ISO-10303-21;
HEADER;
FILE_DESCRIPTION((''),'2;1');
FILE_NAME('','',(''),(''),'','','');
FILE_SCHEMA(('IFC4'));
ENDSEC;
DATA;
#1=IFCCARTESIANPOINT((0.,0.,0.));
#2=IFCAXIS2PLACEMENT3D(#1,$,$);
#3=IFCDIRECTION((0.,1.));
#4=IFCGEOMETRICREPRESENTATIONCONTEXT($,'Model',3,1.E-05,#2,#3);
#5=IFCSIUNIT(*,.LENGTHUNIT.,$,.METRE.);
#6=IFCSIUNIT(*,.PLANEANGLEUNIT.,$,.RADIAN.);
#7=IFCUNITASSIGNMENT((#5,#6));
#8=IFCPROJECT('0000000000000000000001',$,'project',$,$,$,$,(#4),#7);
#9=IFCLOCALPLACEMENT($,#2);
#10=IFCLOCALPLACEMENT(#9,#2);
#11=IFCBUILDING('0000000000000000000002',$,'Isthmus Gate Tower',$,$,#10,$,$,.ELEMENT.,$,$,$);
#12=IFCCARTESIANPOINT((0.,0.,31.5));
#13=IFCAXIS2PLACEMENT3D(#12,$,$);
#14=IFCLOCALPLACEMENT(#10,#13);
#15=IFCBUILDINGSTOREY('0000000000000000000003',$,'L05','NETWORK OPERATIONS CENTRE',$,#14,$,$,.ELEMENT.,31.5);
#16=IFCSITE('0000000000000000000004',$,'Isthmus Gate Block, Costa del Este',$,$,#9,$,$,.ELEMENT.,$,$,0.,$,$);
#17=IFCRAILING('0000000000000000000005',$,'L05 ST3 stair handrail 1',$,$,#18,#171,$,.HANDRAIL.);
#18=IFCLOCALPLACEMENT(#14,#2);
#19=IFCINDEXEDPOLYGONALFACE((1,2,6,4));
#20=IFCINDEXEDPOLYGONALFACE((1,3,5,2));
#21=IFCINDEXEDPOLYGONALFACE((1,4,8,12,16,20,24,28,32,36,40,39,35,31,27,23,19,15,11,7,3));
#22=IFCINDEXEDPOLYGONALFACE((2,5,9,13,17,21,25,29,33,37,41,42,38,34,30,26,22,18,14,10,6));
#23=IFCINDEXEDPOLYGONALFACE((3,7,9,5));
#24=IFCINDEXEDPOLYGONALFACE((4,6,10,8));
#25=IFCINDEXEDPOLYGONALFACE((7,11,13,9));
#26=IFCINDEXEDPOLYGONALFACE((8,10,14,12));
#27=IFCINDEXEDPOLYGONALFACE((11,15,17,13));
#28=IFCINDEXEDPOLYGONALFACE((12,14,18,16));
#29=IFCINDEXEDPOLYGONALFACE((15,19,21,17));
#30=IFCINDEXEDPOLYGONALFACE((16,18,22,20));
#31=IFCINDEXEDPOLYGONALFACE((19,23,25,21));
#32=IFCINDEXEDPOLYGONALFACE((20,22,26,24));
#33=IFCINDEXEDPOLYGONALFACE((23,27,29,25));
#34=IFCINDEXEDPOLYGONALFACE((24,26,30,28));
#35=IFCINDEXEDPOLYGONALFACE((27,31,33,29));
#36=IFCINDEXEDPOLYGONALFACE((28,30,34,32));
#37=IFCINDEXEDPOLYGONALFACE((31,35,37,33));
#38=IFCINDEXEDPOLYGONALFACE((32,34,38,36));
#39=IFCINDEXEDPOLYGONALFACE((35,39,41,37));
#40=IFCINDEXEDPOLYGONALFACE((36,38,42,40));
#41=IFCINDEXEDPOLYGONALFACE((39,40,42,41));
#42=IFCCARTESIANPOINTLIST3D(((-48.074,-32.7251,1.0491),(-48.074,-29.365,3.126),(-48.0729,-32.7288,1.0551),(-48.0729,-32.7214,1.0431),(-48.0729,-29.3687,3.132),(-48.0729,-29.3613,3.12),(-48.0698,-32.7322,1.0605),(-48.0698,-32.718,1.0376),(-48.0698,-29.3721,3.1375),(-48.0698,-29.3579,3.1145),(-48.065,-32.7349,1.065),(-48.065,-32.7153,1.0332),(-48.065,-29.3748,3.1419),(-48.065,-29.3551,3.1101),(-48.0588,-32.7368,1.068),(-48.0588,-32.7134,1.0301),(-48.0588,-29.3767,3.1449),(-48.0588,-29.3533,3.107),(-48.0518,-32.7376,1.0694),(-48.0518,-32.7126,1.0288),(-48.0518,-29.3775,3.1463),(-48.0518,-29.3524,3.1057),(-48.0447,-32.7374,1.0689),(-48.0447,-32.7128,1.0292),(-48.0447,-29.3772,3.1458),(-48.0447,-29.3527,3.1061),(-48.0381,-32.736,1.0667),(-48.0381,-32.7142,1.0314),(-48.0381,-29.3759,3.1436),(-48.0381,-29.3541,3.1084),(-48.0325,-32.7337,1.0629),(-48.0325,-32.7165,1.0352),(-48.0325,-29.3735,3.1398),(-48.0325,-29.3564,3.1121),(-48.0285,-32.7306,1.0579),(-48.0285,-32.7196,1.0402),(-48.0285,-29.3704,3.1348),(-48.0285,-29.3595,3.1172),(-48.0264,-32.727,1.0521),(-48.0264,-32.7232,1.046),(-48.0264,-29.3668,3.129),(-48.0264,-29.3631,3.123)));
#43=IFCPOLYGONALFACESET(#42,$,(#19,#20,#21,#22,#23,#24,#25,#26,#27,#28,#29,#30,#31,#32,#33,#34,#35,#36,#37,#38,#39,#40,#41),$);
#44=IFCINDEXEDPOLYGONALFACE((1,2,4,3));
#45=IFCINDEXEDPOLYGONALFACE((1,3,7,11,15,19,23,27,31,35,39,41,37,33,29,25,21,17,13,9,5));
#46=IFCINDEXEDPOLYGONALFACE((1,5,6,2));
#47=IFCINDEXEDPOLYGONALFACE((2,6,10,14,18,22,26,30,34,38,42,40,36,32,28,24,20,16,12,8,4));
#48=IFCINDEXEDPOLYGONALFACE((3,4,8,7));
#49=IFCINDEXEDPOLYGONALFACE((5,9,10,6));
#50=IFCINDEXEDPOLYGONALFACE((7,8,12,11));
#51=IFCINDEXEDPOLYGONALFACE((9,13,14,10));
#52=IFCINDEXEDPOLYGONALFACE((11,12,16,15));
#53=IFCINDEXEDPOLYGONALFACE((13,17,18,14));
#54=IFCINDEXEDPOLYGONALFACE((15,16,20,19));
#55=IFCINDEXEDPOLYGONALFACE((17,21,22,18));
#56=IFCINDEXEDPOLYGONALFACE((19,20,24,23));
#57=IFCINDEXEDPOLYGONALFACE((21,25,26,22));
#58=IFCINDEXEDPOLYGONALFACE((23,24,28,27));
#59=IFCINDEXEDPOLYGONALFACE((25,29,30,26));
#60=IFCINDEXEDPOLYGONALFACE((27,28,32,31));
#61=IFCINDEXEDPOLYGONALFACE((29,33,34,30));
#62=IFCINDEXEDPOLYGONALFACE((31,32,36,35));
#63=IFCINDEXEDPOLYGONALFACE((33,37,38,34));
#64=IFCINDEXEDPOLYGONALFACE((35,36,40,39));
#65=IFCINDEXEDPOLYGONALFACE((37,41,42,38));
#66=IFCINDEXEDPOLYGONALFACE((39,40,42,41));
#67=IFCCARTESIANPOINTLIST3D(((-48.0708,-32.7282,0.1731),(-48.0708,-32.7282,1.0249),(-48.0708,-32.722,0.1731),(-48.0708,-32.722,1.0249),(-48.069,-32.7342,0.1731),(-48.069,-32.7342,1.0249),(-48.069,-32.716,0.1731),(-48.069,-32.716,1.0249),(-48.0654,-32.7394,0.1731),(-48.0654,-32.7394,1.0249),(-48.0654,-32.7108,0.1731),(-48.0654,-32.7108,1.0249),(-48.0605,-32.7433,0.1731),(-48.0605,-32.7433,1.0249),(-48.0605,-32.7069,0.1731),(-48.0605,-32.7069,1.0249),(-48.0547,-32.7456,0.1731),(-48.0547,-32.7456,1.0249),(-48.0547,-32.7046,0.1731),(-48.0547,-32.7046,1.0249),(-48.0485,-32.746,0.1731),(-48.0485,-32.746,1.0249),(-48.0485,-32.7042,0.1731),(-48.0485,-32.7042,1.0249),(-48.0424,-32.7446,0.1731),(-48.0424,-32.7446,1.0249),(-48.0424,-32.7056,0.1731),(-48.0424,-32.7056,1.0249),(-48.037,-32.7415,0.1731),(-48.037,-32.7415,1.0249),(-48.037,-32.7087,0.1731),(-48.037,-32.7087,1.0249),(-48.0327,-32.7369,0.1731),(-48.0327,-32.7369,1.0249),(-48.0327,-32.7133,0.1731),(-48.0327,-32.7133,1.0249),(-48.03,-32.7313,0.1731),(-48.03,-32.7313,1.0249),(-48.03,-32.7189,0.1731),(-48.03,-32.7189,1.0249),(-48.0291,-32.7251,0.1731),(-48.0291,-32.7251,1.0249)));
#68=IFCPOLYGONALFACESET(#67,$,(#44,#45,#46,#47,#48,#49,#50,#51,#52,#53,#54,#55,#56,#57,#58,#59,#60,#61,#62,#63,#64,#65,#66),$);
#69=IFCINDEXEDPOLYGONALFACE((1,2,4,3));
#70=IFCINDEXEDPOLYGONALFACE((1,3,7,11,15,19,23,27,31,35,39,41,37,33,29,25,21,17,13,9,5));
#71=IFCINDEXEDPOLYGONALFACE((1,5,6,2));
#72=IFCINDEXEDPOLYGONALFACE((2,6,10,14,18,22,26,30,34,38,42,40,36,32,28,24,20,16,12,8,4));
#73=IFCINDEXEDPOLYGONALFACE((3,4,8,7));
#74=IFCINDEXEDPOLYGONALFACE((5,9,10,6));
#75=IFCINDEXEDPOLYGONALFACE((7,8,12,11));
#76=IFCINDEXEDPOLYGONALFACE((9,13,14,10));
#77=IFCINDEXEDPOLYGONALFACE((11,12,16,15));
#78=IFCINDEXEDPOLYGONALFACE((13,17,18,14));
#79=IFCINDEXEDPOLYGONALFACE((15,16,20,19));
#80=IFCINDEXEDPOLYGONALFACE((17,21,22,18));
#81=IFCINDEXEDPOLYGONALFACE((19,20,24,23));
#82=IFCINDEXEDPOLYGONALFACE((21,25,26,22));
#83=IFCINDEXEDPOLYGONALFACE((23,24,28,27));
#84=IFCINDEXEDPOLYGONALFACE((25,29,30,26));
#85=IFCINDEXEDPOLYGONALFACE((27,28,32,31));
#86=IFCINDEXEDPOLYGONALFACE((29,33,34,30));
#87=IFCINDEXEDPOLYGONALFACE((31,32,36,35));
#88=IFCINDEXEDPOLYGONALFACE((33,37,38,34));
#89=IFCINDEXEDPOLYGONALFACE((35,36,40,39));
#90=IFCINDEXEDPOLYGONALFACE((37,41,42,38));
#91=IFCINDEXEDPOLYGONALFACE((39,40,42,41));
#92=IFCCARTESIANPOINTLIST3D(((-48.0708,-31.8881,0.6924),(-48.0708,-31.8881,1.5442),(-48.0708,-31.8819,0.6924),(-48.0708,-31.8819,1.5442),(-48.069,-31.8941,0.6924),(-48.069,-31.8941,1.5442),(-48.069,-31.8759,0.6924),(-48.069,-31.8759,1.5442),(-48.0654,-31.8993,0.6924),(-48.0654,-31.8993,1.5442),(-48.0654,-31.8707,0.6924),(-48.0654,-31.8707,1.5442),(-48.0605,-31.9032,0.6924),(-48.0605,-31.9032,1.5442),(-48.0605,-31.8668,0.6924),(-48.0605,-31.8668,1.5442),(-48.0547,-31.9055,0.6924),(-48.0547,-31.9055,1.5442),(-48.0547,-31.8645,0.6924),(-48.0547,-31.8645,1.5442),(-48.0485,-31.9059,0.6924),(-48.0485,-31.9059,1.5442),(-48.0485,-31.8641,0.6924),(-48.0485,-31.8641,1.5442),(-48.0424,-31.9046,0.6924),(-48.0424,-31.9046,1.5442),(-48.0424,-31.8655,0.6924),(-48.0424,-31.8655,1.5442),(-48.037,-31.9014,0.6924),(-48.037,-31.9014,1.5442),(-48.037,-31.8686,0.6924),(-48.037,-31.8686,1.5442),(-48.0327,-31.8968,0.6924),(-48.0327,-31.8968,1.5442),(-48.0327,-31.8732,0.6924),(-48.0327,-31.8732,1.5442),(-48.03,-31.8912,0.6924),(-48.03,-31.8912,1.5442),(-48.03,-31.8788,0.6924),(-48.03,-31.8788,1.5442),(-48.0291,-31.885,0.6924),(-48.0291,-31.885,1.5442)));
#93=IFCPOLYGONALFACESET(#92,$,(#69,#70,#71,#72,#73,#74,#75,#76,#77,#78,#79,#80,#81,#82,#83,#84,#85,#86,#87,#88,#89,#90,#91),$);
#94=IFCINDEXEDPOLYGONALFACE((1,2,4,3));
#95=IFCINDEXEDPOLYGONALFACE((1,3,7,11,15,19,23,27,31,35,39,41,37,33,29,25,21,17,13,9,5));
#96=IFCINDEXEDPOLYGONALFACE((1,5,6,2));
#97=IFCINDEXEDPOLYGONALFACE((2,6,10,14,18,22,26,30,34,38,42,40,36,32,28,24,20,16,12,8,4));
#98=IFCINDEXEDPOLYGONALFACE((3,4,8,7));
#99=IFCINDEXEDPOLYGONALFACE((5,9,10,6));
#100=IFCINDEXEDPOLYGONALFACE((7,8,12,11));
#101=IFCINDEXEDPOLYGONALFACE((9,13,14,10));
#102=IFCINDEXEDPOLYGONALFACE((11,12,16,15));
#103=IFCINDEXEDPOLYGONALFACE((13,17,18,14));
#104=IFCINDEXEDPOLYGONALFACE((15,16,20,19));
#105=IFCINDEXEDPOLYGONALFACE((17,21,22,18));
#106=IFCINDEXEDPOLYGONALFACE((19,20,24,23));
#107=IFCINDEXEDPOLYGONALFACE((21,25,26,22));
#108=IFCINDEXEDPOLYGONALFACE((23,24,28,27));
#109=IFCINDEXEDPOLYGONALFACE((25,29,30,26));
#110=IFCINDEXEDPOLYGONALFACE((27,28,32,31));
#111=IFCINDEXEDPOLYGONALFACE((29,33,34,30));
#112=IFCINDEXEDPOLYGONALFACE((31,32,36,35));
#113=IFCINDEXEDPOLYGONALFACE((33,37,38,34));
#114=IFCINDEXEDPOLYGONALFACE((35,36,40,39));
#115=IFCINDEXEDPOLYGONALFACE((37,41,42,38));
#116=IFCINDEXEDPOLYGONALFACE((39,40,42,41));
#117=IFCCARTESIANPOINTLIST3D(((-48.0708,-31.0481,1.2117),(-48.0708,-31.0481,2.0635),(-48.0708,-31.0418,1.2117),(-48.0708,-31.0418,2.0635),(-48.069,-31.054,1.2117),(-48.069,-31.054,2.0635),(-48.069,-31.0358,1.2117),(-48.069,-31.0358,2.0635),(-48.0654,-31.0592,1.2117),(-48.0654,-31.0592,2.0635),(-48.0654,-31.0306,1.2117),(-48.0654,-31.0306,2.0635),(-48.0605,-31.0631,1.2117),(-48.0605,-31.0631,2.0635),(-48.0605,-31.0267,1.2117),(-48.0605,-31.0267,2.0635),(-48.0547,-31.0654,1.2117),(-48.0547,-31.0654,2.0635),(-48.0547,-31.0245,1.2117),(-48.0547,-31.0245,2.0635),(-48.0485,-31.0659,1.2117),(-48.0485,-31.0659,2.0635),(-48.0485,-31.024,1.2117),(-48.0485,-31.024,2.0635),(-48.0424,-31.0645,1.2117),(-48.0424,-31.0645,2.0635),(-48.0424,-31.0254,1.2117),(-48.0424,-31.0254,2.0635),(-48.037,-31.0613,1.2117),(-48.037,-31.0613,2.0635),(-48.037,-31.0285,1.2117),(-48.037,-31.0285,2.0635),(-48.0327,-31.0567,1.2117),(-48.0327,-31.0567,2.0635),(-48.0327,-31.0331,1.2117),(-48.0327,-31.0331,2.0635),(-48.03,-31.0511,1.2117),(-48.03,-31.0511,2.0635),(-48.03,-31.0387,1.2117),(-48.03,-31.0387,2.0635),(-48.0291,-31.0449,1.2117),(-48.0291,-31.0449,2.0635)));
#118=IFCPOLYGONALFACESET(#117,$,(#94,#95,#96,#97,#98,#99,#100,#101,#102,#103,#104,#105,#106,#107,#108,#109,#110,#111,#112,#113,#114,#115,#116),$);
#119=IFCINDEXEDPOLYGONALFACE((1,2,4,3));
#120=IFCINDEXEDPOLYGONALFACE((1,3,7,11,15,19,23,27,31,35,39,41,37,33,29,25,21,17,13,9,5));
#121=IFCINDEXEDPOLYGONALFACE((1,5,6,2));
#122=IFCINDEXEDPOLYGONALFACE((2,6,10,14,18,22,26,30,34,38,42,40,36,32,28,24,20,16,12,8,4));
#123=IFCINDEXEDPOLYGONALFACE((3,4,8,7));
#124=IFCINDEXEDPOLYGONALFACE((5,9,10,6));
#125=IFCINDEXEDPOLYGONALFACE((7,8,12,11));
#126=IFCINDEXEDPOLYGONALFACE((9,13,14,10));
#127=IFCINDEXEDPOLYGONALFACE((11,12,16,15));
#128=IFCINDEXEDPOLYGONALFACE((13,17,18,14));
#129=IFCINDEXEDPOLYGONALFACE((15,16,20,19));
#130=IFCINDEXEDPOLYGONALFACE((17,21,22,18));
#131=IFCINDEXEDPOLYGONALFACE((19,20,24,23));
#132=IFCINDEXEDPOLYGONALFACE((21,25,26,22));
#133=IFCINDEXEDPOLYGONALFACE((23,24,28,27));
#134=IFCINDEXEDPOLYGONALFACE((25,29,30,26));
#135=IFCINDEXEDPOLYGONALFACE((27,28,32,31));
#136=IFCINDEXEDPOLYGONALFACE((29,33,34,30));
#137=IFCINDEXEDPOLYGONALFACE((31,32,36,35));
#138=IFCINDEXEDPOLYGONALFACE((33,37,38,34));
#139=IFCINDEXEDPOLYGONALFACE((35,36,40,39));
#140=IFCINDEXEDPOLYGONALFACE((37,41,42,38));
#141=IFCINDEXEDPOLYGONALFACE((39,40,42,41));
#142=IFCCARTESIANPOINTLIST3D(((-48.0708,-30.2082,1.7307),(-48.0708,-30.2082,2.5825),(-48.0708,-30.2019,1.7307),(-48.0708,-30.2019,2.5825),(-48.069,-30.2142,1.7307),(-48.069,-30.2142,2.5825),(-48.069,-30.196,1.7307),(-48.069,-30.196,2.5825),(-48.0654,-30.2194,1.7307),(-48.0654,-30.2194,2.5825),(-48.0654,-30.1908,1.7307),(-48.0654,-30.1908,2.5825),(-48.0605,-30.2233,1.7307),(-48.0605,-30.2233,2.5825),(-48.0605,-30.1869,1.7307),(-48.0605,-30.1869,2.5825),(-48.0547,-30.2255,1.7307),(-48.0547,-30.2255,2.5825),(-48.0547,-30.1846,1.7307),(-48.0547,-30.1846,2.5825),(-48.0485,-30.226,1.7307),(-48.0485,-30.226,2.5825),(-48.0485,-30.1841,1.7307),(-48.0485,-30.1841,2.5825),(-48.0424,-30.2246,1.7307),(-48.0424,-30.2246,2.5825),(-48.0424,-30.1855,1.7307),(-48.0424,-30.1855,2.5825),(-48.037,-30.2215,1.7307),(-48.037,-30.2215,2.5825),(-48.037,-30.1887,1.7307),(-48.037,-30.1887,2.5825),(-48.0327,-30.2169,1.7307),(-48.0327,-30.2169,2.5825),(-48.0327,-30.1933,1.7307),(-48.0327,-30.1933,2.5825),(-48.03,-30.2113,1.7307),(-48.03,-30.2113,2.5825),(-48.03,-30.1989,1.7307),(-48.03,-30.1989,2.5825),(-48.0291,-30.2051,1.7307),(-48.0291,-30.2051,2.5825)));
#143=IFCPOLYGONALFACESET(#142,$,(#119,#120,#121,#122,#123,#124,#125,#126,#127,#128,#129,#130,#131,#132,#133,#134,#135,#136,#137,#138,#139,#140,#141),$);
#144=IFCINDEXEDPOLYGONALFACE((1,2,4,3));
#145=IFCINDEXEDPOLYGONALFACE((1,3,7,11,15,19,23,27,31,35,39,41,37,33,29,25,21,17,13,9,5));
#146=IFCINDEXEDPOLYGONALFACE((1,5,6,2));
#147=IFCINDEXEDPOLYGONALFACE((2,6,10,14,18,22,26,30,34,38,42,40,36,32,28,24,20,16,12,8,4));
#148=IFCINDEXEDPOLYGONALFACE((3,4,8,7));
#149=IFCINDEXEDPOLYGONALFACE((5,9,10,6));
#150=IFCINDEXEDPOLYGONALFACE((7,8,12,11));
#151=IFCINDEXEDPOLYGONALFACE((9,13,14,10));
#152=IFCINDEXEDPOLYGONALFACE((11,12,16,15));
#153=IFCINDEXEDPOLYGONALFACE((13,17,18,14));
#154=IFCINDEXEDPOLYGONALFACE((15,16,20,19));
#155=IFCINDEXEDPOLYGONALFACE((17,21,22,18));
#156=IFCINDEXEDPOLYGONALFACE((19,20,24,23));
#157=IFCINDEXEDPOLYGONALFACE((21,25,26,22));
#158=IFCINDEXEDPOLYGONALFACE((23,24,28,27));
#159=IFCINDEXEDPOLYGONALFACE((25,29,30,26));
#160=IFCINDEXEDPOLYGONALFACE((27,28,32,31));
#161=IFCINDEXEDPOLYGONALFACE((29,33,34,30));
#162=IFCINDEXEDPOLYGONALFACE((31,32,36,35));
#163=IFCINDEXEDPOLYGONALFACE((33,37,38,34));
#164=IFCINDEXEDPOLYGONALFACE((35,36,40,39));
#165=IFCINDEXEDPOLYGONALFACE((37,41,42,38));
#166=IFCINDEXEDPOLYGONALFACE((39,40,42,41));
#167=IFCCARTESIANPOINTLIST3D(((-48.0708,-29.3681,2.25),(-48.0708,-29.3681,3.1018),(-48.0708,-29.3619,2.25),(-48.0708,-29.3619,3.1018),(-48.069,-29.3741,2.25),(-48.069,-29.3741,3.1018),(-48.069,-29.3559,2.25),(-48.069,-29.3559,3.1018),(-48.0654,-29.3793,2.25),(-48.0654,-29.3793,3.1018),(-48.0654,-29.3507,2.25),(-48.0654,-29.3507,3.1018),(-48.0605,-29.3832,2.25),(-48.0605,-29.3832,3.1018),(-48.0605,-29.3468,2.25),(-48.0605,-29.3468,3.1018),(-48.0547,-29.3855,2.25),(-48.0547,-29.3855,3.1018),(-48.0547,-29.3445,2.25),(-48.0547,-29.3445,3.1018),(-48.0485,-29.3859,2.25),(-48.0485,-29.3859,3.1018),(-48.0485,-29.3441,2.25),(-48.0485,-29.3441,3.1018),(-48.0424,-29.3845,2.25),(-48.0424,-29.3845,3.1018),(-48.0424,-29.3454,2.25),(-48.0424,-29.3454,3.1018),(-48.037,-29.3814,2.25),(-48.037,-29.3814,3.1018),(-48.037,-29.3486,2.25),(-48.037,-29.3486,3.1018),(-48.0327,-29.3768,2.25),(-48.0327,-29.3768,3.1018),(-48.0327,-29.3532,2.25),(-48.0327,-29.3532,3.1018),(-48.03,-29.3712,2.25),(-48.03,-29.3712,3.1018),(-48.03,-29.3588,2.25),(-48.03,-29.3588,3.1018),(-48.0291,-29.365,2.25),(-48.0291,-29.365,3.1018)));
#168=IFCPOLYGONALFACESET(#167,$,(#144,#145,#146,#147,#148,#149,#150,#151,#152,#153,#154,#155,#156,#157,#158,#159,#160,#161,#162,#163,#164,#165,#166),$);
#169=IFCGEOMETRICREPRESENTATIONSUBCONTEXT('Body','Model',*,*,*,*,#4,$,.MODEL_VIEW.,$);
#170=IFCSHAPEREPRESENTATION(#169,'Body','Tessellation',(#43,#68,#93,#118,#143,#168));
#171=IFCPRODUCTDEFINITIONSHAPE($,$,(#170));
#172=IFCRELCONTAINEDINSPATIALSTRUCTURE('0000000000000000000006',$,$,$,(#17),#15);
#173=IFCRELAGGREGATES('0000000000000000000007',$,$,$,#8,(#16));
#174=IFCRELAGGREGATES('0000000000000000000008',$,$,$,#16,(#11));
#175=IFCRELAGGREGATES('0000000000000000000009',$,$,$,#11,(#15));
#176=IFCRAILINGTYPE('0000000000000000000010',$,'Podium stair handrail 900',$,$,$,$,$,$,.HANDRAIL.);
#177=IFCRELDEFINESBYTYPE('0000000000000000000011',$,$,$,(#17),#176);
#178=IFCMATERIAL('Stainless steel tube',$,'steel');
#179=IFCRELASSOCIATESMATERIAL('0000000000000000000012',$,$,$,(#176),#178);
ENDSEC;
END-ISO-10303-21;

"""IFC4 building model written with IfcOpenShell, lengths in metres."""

from ifc_helpers import new_model, si_unit, direction, frame, origin, origin_2d, place, context, subcontext, project, spatial, circle, extrude, material, type_object, element, save


model = new_model("IFC4")

# Units and contexts
model_context = context("Model", 3, precision=1e-05, world=origin(), true_north=direction((0.0, 1.0)))
body_context = subcontext(model_context, "Body", "Model", "MODEL_VIEW")
ifc_project = project(units=[si_unit("LENGTHUNIT", "METRE"), si_unit("PLANEANGLEUNIT", "RADIAN")], contexts=[model_context])

# Site, building, storey
site_placement = place(None, origin())
site = spatial("IfcSite", under=ifc_project, at=site_placement, Name="Isthmus Gate Block, Costa del Este", CompositionType="ELEMENT", RefElevation=0.0)
building_placement = place(site_placement, origin())
building = spatial("IfcBuilding", under=site, at=building_placement, Name="Isthmus Gate Tower", CompositionType="ELEMENT")
storey_placement = place(building_placement, frame((0.0, 0.0, 31.5)))
storey = spatial("IfcBuildingStorey", under=building, at=storey_placement, Name="L05", Description="NETWORK OPERATIONS CENTRE", CompositionType="ELEMENT", Elevation=31.5)

# Railing
ifc_material_1 = material(Name="Stainless steel tube", Category="steel")
railing_type_1 = type_object("IfcRailingType", Name="Podium stair handrail 900", PredefinedType="HANDRAIL", material=ifc_material_1)
railing_1_placement = place(storey_placement, frame((-48.05, -32.7251, 0.1731)))
element("IfcRailing", 1, at=railing_1_placement, inside=storey, type_object=railing_type_1, Name="L05 ST3 stair handrail 1", PredefinedType="HANDRAIL", context=body_context, shape_type="SweptSolid", body=[
    extrude(circle(Radius=0.0239, at=origin_2d()), frame((0.0, 0.0, 0.876), z_axis=(0.0, 0.850623, 0.525776), x_axis=(-1.0, 0.0, 0.0)), (0.0, 0.0, 1.0), 3.9502),
    extrude(circle(Radius=0.021, at=origin_2d()), origin(), (0.0, 0.0, 1.0), 0.8518),
    extrude(circle(Radius=0.021, at=origin_2d()), frame((0.0, 0.8401, 0.5193)), (0.0, 0.0, 1.0), 0.8518),
    extrude(circle(Radius=0.021, at=origin_2d()), frame((0.0, 1.6802, 1.0386)), (0.0, 0.0, 1.0), 0.8518),
    extrude(circle(Radius=0.021, at=origin_2d()), frame((0.0, 2.52, 1.5576)), (0.0, 0.0, 1.0), 0.8518),
    extrude(circle(Radius=0.021, at=origin_2d()), frame((0.0, 3.3601, 2.0769)), (0.0, 0.0, 1.0), 0.8518),
])

save(model, "model.ifc")
